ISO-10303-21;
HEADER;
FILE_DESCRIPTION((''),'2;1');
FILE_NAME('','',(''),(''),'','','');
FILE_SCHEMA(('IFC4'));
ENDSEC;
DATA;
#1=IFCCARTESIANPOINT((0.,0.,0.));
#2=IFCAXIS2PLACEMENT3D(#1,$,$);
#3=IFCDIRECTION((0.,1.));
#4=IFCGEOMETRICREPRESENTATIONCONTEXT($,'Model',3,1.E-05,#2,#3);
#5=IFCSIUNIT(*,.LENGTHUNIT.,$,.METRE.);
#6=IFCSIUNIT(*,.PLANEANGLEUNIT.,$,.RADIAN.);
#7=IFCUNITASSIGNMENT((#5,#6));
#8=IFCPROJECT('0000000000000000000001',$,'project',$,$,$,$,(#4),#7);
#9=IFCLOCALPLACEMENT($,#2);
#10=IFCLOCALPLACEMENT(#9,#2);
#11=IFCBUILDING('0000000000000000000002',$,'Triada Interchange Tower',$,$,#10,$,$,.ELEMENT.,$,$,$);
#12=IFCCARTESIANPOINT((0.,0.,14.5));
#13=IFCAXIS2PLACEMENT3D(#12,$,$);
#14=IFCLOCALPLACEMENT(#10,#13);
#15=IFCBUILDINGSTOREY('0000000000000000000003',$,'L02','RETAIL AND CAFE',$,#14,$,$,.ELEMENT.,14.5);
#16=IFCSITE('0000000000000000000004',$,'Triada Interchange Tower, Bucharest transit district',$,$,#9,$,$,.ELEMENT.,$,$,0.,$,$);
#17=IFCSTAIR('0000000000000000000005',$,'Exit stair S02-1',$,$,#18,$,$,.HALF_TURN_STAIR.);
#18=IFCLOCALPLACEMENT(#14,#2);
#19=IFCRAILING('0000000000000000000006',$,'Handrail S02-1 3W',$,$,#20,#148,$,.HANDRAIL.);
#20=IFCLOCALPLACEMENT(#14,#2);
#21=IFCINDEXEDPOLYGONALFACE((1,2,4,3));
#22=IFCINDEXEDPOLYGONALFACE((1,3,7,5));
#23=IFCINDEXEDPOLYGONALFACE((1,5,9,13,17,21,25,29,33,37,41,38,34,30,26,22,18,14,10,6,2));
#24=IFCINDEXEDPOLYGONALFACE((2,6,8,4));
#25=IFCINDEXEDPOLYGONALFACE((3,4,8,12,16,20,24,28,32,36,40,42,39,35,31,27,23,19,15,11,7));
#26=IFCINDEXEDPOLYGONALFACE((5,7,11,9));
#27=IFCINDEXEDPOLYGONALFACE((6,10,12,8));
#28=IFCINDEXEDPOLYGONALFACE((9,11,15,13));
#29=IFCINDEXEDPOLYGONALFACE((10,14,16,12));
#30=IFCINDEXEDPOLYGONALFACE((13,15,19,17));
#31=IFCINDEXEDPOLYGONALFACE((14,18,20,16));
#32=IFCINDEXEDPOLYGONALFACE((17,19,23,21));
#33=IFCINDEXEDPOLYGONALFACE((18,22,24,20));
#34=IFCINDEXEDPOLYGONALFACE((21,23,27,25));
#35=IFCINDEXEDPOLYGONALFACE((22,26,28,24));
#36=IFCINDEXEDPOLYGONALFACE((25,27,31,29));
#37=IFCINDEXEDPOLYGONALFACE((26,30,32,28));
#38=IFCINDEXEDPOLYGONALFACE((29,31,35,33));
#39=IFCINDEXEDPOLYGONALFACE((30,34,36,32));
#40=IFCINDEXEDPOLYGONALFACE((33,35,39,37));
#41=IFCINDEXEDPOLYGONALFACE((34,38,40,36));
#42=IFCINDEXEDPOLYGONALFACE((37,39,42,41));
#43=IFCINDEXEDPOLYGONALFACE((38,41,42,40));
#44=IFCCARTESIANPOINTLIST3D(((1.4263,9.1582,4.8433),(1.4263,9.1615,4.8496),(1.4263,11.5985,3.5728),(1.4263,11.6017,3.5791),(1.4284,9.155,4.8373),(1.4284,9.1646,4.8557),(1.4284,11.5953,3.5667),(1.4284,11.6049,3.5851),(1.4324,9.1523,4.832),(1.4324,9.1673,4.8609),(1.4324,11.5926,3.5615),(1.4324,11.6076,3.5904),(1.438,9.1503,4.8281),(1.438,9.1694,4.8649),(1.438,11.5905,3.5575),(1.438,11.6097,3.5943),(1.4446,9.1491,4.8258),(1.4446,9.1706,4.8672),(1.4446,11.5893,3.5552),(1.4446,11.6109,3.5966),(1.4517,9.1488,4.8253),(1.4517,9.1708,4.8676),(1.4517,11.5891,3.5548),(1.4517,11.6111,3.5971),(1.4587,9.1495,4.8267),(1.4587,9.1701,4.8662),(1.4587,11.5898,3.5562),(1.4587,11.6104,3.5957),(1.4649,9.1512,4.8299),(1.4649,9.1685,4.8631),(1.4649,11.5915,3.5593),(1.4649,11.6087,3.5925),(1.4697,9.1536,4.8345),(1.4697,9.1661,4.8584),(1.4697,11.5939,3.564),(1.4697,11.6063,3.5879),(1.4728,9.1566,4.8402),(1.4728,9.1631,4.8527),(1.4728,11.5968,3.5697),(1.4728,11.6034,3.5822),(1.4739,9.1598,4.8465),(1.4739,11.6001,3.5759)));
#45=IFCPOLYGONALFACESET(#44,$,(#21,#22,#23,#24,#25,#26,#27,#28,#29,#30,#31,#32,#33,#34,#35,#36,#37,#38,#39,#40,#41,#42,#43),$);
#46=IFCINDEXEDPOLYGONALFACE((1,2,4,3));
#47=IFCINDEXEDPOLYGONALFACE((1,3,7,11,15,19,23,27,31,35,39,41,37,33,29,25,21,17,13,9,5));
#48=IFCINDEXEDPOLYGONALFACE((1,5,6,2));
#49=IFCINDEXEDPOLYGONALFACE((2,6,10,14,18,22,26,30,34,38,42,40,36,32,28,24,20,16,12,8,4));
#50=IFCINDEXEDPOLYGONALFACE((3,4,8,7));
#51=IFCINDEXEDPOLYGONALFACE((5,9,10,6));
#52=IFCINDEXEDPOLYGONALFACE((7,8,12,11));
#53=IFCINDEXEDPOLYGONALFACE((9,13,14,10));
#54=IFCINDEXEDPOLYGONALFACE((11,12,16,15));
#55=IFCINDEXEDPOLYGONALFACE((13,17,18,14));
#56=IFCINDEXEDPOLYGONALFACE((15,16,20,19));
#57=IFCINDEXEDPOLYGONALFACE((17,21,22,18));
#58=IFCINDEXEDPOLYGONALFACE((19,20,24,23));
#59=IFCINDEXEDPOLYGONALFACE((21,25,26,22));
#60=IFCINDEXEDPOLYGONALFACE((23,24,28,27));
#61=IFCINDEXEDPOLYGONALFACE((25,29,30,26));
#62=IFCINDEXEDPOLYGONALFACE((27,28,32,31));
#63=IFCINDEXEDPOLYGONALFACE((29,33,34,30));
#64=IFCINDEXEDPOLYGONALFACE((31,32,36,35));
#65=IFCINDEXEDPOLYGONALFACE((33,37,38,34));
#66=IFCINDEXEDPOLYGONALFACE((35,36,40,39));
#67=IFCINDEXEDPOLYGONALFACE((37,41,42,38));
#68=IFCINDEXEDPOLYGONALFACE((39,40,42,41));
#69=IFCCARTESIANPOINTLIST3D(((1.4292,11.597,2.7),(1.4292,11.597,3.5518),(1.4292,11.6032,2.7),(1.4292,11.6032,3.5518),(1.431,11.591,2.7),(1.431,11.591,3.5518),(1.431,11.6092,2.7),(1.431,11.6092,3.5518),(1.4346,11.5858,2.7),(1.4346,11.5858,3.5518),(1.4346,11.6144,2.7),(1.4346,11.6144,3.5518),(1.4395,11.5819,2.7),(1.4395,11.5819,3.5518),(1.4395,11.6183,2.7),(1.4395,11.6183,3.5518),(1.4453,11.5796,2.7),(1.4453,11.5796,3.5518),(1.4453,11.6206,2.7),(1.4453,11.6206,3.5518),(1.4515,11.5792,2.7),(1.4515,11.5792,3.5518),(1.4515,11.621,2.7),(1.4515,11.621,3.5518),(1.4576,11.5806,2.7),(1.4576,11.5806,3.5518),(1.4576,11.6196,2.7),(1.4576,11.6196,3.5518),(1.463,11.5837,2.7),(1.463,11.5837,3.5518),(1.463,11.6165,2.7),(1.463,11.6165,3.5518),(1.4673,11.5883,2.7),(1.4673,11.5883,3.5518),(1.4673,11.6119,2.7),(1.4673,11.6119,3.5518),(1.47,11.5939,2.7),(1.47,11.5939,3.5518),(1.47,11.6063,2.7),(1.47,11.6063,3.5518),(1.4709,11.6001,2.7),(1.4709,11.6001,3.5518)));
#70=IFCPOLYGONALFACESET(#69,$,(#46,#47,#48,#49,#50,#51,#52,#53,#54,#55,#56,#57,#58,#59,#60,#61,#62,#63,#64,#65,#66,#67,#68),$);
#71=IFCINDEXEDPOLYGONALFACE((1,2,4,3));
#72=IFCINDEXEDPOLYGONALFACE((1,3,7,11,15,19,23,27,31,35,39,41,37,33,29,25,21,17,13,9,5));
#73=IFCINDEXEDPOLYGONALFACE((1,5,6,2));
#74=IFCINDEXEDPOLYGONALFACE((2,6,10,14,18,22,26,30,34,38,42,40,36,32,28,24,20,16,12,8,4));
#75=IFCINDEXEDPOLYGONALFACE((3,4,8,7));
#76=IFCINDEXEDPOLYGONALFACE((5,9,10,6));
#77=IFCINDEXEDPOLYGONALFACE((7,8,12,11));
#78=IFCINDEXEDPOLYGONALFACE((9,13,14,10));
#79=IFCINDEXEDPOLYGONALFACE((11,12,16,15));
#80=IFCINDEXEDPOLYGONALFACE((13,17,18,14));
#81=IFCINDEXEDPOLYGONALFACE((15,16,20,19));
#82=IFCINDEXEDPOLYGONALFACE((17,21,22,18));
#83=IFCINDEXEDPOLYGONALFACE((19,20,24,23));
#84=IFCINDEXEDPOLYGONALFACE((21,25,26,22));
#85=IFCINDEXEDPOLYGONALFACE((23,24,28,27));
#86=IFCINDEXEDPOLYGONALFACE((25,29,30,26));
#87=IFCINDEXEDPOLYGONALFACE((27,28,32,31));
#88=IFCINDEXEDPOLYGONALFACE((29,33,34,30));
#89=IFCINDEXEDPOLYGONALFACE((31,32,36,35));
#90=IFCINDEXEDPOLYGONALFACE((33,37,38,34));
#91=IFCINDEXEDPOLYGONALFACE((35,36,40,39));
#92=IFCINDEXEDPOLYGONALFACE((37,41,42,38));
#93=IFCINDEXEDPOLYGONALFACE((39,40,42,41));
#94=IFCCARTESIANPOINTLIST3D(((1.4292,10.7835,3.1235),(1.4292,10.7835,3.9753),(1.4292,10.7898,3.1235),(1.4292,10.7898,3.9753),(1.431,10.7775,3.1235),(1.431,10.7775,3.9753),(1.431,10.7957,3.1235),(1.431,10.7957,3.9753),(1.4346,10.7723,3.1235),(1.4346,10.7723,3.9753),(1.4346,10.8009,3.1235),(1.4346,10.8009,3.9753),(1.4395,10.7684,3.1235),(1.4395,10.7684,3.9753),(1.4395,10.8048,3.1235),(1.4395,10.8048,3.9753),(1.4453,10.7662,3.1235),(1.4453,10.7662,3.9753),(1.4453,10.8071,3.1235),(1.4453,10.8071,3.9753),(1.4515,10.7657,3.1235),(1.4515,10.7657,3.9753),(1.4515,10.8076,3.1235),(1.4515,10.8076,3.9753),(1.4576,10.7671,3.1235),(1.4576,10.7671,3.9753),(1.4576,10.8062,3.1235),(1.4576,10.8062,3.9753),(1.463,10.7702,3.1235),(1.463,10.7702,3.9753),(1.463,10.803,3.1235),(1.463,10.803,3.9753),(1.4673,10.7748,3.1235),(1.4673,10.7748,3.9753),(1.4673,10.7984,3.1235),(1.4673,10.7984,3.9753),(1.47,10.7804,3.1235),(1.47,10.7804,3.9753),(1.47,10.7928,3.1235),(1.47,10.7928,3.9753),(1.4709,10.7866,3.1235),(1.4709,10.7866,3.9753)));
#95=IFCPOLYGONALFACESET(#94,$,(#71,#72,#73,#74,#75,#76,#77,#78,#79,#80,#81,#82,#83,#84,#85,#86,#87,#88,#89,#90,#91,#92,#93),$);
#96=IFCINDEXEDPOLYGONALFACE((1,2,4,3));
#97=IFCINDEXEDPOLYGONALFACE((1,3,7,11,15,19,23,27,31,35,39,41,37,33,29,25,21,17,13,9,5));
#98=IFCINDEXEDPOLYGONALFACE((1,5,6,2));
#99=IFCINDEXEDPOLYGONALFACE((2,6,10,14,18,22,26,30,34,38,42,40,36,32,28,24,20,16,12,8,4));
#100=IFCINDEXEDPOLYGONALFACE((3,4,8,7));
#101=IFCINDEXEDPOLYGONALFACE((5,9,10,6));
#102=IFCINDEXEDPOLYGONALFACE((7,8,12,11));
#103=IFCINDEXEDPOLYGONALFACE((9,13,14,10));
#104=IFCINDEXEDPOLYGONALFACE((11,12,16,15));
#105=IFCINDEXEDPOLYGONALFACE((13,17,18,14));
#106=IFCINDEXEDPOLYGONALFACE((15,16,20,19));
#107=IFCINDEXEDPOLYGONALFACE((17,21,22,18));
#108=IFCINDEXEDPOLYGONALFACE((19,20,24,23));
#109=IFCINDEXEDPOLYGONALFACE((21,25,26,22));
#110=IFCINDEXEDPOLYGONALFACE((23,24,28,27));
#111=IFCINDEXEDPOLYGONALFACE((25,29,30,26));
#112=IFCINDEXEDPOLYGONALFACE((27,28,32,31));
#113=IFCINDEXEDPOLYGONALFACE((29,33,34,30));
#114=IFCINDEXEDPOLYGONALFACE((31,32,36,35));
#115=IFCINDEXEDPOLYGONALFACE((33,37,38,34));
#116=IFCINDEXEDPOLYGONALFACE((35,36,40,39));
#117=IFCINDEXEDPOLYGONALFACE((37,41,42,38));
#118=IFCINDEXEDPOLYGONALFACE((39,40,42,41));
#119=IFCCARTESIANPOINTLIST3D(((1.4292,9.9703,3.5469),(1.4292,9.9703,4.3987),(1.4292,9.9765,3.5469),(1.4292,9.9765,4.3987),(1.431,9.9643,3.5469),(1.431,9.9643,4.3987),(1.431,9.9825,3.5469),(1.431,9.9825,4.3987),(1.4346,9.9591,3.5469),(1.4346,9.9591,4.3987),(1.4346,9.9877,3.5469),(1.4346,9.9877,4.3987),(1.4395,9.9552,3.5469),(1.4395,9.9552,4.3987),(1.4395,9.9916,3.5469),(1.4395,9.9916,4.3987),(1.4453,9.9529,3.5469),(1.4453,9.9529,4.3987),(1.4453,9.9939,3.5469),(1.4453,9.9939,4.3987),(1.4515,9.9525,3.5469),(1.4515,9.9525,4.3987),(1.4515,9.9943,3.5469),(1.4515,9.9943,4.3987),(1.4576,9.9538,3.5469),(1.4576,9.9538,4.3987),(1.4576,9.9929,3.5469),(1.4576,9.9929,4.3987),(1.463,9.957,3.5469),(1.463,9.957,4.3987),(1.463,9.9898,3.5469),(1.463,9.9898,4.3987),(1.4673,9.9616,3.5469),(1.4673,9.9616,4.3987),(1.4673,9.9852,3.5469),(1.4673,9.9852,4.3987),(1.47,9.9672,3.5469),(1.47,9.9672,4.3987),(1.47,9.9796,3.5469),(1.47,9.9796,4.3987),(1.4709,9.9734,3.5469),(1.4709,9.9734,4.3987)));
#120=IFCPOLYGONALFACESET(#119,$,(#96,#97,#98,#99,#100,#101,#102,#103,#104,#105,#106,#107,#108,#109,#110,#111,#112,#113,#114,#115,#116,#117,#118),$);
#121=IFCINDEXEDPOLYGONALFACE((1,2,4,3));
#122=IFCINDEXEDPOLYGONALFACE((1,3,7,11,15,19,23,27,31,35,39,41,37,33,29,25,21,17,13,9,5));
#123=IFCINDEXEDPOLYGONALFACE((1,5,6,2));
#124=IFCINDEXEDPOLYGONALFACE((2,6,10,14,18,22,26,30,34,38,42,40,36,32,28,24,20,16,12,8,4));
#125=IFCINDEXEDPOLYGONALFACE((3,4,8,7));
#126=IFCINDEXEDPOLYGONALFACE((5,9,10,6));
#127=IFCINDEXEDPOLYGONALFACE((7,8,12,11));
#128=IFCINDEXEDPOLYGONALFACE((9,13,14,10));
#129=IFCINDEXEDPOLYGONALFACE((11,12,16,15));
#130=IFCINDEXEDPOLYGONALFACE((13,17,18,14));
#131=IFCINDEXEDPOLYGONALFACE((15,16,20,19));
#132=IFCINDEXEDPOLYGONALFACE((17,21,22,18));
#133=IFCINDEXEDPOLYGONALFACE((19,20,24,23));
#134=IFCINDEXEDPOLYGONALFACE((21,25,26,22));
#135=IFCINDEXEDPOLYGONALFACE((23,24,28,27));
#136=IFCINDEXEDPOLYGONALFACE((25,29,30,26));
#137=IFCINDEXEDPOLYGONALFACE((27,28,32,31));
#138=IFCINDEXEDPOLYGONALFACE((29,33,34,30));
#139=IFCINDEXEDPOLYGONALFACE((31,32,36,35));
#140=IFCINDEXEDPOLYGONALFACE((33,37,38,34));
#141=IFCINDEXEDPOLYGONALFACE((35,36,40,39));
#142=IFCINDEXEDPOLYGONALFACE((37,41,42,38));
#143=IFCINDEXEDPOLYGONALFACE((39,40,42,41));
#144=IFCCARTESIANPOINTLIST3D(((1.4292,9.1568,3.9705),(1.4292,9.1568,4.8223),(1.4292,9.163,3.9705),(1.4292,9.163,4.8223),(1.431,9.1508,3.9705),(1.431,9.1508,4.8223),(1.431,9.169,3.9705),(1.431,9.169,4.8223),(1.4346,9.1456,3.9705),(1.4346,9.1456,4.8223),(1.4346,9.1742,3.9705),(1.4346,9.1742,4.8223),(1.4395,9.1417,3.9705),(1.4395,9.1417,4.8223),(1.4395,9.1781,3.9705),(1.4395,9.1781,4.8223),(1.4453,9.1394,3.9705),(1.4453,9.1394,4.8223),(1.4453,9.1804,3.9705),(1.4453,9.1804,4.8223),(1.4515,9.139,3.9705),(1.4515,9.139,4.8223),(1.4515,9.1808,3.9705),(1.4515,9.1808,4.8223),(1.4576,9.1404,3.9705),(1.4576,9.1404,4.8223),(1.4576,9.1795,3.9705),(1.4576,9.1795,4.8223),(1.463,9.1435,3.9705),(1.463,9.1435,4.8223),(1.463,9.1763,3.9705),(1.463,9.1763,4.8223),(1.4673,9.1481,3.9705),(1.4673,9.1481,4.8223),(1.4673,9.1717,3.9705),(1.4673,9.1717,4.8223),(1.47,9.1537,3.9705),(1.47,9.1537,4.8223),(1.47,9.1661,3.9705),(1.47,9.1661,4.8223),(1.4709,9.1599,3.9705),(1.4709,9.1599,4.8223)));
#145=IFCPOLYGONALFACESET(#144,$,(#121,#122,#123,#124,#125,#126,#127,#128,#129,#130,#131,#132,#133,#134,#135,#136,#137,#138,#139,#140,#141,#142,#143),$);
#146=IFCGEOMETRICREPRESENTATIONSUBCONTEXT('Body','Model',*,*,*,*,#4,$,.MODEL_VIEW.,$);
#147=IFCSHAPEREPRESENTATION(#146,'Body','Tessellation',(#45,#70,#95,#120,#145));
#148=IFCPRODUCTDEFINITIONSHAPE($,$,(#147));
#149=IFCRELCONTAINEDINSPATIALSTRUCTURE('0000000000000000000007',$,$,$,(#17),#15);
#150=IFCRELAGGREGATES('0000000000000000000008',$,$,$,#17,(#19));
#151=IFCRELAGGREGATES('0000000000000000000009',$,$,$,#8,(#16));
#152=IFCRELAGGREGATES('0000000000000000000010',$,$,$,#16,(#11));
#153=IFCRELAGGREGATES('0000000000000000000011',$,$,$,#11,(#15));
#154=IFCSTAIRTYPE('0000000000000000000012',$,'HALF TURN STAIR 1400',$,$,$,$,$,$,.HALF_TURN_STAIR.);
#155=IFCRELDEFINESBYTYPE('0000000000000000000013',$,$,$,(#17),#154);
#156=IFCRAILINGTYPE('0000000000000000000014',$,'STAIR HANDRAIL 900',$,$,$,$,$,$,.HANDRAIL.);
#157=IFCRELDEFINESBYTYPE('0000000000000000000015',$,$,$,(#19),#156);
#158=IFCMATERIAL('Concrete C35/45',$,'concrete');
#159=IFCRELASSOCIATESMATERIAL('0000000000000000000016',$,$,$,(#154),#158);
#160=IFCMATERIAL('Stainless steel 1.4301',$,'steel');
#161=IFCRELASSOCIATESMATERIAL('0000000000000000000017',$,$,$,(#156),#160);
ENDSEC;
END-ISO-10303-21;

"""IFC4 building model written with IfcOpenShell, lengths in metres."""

from ifc_helpers import new_model, si_unit, direction, frame, origin, origin_2d, place, context, subcontext, project, spatial, circle, extrude, material, type_object, element, aggregate, save


model = new_model("IFC4")

# Units and contexts
model_context = context("Model", 3, precision=1e-05, world=origin(), true_north=direction((0.0, 1.0)))
body_context = subcontext(model_context, "Body", "Model", "MODEL_VIEW")
ifc_project = project(units=[si_unit("LENGTHUNIT", "METRE"), si_unit("PLANEANGLEUNIT", "RADIAN")], contexts=[model_context])

# Site, building, storey
site_placement = place(None, origin())
site = spatial("IfcSite", under=ifc_project, at=site_placement, Name="Triada Interchange Tower, Bucharest transit district", CompositionType="ELEMENT", RefElevation=0.0)
building_placement = place(site_placement, origin())
building = spatial("IfcBuilding", under=site, at=building_placement, Name="Triada Interchange Tower", CompositionType="ELEMENT")
storey_placement = place(building_placement, frame((0.0, 0.0, 14.5)))
storey = spatial("IfcBuildingStorey", under=building, at=storey_placement, Name="L02", Description="RETAIL AND CAFE", CompositionType="ELEMENT", Elevation=14.5)

# Shared definitions
ifc_material_1 = material(Name="Concrete C35/45", Category="concrete")

# Stair, railing
stair_type = type_object("IfcStairType", Name="HALF TURN STAIR 1400", PredefinedType="HALF_TURN_STAIR", material=ifc_material_1)
stair_placement = place(storey_placement, origin())
stair = element("IfcStair", 1, at=stair_placement, inside=storey, type_object=stair_type, Name="Exit stair S02-1", PredefinedType="HALF_TURN_STAIR")
ifc_material_2 = material(Name="Stainless steel 1.4301", Category="steel")
railing_type_1 = type_object("IfcRailingType", Name="STAIR HANDRAIL 900", PredefinedType="HANDRAIL", material=ifc_material_2)
railing_1_placement = place(storey_placement, frame((1.45, 11.6001, 2.7)))
railing_1 = element("IfcRailing", 2, at=railing_1_placement, type_object=railing_type_1, Name="Handrail S02-1 3W", PredefinedType="HANDRAIL", context=body_context, shape_type="SweptSolid", body=[
    extrude(circle(Radius=0.0239, at=origin_2d()), frame((0.0, 0.0, 0.876), z_axis=(0.0, -0.886977, 0.461814), x_axis=(1.0, 0.0, 0.0)), (0.0, 0.0, 1.0), 2.7512),
    extrude(circle(Radius=0.021, at=origin_2d()), origin(), (0.0, 0.0, 1.0), 0.8518),
    extrude(circle(Radius=0.021, at=origin_2d()), frame((0.0, -0.8135, 0.4236)), (0.0, 0.0, 1.0), 0.8518),
    extrude(circle(Radius=0.021, at=origin_2d()), frame((0.0, -1.6267, 0.8469)), (0.0, 0.0, 1.0), 0.8518),
    extrude(circle(Radius=0.021, at=origin_2d()), frame((0.0, -2.4402, 1.2705)), (0.0, 0.0, 1.0), 0.8518),
])
aggregate(stair, [railing_1])

save(model, "model.ifc")
